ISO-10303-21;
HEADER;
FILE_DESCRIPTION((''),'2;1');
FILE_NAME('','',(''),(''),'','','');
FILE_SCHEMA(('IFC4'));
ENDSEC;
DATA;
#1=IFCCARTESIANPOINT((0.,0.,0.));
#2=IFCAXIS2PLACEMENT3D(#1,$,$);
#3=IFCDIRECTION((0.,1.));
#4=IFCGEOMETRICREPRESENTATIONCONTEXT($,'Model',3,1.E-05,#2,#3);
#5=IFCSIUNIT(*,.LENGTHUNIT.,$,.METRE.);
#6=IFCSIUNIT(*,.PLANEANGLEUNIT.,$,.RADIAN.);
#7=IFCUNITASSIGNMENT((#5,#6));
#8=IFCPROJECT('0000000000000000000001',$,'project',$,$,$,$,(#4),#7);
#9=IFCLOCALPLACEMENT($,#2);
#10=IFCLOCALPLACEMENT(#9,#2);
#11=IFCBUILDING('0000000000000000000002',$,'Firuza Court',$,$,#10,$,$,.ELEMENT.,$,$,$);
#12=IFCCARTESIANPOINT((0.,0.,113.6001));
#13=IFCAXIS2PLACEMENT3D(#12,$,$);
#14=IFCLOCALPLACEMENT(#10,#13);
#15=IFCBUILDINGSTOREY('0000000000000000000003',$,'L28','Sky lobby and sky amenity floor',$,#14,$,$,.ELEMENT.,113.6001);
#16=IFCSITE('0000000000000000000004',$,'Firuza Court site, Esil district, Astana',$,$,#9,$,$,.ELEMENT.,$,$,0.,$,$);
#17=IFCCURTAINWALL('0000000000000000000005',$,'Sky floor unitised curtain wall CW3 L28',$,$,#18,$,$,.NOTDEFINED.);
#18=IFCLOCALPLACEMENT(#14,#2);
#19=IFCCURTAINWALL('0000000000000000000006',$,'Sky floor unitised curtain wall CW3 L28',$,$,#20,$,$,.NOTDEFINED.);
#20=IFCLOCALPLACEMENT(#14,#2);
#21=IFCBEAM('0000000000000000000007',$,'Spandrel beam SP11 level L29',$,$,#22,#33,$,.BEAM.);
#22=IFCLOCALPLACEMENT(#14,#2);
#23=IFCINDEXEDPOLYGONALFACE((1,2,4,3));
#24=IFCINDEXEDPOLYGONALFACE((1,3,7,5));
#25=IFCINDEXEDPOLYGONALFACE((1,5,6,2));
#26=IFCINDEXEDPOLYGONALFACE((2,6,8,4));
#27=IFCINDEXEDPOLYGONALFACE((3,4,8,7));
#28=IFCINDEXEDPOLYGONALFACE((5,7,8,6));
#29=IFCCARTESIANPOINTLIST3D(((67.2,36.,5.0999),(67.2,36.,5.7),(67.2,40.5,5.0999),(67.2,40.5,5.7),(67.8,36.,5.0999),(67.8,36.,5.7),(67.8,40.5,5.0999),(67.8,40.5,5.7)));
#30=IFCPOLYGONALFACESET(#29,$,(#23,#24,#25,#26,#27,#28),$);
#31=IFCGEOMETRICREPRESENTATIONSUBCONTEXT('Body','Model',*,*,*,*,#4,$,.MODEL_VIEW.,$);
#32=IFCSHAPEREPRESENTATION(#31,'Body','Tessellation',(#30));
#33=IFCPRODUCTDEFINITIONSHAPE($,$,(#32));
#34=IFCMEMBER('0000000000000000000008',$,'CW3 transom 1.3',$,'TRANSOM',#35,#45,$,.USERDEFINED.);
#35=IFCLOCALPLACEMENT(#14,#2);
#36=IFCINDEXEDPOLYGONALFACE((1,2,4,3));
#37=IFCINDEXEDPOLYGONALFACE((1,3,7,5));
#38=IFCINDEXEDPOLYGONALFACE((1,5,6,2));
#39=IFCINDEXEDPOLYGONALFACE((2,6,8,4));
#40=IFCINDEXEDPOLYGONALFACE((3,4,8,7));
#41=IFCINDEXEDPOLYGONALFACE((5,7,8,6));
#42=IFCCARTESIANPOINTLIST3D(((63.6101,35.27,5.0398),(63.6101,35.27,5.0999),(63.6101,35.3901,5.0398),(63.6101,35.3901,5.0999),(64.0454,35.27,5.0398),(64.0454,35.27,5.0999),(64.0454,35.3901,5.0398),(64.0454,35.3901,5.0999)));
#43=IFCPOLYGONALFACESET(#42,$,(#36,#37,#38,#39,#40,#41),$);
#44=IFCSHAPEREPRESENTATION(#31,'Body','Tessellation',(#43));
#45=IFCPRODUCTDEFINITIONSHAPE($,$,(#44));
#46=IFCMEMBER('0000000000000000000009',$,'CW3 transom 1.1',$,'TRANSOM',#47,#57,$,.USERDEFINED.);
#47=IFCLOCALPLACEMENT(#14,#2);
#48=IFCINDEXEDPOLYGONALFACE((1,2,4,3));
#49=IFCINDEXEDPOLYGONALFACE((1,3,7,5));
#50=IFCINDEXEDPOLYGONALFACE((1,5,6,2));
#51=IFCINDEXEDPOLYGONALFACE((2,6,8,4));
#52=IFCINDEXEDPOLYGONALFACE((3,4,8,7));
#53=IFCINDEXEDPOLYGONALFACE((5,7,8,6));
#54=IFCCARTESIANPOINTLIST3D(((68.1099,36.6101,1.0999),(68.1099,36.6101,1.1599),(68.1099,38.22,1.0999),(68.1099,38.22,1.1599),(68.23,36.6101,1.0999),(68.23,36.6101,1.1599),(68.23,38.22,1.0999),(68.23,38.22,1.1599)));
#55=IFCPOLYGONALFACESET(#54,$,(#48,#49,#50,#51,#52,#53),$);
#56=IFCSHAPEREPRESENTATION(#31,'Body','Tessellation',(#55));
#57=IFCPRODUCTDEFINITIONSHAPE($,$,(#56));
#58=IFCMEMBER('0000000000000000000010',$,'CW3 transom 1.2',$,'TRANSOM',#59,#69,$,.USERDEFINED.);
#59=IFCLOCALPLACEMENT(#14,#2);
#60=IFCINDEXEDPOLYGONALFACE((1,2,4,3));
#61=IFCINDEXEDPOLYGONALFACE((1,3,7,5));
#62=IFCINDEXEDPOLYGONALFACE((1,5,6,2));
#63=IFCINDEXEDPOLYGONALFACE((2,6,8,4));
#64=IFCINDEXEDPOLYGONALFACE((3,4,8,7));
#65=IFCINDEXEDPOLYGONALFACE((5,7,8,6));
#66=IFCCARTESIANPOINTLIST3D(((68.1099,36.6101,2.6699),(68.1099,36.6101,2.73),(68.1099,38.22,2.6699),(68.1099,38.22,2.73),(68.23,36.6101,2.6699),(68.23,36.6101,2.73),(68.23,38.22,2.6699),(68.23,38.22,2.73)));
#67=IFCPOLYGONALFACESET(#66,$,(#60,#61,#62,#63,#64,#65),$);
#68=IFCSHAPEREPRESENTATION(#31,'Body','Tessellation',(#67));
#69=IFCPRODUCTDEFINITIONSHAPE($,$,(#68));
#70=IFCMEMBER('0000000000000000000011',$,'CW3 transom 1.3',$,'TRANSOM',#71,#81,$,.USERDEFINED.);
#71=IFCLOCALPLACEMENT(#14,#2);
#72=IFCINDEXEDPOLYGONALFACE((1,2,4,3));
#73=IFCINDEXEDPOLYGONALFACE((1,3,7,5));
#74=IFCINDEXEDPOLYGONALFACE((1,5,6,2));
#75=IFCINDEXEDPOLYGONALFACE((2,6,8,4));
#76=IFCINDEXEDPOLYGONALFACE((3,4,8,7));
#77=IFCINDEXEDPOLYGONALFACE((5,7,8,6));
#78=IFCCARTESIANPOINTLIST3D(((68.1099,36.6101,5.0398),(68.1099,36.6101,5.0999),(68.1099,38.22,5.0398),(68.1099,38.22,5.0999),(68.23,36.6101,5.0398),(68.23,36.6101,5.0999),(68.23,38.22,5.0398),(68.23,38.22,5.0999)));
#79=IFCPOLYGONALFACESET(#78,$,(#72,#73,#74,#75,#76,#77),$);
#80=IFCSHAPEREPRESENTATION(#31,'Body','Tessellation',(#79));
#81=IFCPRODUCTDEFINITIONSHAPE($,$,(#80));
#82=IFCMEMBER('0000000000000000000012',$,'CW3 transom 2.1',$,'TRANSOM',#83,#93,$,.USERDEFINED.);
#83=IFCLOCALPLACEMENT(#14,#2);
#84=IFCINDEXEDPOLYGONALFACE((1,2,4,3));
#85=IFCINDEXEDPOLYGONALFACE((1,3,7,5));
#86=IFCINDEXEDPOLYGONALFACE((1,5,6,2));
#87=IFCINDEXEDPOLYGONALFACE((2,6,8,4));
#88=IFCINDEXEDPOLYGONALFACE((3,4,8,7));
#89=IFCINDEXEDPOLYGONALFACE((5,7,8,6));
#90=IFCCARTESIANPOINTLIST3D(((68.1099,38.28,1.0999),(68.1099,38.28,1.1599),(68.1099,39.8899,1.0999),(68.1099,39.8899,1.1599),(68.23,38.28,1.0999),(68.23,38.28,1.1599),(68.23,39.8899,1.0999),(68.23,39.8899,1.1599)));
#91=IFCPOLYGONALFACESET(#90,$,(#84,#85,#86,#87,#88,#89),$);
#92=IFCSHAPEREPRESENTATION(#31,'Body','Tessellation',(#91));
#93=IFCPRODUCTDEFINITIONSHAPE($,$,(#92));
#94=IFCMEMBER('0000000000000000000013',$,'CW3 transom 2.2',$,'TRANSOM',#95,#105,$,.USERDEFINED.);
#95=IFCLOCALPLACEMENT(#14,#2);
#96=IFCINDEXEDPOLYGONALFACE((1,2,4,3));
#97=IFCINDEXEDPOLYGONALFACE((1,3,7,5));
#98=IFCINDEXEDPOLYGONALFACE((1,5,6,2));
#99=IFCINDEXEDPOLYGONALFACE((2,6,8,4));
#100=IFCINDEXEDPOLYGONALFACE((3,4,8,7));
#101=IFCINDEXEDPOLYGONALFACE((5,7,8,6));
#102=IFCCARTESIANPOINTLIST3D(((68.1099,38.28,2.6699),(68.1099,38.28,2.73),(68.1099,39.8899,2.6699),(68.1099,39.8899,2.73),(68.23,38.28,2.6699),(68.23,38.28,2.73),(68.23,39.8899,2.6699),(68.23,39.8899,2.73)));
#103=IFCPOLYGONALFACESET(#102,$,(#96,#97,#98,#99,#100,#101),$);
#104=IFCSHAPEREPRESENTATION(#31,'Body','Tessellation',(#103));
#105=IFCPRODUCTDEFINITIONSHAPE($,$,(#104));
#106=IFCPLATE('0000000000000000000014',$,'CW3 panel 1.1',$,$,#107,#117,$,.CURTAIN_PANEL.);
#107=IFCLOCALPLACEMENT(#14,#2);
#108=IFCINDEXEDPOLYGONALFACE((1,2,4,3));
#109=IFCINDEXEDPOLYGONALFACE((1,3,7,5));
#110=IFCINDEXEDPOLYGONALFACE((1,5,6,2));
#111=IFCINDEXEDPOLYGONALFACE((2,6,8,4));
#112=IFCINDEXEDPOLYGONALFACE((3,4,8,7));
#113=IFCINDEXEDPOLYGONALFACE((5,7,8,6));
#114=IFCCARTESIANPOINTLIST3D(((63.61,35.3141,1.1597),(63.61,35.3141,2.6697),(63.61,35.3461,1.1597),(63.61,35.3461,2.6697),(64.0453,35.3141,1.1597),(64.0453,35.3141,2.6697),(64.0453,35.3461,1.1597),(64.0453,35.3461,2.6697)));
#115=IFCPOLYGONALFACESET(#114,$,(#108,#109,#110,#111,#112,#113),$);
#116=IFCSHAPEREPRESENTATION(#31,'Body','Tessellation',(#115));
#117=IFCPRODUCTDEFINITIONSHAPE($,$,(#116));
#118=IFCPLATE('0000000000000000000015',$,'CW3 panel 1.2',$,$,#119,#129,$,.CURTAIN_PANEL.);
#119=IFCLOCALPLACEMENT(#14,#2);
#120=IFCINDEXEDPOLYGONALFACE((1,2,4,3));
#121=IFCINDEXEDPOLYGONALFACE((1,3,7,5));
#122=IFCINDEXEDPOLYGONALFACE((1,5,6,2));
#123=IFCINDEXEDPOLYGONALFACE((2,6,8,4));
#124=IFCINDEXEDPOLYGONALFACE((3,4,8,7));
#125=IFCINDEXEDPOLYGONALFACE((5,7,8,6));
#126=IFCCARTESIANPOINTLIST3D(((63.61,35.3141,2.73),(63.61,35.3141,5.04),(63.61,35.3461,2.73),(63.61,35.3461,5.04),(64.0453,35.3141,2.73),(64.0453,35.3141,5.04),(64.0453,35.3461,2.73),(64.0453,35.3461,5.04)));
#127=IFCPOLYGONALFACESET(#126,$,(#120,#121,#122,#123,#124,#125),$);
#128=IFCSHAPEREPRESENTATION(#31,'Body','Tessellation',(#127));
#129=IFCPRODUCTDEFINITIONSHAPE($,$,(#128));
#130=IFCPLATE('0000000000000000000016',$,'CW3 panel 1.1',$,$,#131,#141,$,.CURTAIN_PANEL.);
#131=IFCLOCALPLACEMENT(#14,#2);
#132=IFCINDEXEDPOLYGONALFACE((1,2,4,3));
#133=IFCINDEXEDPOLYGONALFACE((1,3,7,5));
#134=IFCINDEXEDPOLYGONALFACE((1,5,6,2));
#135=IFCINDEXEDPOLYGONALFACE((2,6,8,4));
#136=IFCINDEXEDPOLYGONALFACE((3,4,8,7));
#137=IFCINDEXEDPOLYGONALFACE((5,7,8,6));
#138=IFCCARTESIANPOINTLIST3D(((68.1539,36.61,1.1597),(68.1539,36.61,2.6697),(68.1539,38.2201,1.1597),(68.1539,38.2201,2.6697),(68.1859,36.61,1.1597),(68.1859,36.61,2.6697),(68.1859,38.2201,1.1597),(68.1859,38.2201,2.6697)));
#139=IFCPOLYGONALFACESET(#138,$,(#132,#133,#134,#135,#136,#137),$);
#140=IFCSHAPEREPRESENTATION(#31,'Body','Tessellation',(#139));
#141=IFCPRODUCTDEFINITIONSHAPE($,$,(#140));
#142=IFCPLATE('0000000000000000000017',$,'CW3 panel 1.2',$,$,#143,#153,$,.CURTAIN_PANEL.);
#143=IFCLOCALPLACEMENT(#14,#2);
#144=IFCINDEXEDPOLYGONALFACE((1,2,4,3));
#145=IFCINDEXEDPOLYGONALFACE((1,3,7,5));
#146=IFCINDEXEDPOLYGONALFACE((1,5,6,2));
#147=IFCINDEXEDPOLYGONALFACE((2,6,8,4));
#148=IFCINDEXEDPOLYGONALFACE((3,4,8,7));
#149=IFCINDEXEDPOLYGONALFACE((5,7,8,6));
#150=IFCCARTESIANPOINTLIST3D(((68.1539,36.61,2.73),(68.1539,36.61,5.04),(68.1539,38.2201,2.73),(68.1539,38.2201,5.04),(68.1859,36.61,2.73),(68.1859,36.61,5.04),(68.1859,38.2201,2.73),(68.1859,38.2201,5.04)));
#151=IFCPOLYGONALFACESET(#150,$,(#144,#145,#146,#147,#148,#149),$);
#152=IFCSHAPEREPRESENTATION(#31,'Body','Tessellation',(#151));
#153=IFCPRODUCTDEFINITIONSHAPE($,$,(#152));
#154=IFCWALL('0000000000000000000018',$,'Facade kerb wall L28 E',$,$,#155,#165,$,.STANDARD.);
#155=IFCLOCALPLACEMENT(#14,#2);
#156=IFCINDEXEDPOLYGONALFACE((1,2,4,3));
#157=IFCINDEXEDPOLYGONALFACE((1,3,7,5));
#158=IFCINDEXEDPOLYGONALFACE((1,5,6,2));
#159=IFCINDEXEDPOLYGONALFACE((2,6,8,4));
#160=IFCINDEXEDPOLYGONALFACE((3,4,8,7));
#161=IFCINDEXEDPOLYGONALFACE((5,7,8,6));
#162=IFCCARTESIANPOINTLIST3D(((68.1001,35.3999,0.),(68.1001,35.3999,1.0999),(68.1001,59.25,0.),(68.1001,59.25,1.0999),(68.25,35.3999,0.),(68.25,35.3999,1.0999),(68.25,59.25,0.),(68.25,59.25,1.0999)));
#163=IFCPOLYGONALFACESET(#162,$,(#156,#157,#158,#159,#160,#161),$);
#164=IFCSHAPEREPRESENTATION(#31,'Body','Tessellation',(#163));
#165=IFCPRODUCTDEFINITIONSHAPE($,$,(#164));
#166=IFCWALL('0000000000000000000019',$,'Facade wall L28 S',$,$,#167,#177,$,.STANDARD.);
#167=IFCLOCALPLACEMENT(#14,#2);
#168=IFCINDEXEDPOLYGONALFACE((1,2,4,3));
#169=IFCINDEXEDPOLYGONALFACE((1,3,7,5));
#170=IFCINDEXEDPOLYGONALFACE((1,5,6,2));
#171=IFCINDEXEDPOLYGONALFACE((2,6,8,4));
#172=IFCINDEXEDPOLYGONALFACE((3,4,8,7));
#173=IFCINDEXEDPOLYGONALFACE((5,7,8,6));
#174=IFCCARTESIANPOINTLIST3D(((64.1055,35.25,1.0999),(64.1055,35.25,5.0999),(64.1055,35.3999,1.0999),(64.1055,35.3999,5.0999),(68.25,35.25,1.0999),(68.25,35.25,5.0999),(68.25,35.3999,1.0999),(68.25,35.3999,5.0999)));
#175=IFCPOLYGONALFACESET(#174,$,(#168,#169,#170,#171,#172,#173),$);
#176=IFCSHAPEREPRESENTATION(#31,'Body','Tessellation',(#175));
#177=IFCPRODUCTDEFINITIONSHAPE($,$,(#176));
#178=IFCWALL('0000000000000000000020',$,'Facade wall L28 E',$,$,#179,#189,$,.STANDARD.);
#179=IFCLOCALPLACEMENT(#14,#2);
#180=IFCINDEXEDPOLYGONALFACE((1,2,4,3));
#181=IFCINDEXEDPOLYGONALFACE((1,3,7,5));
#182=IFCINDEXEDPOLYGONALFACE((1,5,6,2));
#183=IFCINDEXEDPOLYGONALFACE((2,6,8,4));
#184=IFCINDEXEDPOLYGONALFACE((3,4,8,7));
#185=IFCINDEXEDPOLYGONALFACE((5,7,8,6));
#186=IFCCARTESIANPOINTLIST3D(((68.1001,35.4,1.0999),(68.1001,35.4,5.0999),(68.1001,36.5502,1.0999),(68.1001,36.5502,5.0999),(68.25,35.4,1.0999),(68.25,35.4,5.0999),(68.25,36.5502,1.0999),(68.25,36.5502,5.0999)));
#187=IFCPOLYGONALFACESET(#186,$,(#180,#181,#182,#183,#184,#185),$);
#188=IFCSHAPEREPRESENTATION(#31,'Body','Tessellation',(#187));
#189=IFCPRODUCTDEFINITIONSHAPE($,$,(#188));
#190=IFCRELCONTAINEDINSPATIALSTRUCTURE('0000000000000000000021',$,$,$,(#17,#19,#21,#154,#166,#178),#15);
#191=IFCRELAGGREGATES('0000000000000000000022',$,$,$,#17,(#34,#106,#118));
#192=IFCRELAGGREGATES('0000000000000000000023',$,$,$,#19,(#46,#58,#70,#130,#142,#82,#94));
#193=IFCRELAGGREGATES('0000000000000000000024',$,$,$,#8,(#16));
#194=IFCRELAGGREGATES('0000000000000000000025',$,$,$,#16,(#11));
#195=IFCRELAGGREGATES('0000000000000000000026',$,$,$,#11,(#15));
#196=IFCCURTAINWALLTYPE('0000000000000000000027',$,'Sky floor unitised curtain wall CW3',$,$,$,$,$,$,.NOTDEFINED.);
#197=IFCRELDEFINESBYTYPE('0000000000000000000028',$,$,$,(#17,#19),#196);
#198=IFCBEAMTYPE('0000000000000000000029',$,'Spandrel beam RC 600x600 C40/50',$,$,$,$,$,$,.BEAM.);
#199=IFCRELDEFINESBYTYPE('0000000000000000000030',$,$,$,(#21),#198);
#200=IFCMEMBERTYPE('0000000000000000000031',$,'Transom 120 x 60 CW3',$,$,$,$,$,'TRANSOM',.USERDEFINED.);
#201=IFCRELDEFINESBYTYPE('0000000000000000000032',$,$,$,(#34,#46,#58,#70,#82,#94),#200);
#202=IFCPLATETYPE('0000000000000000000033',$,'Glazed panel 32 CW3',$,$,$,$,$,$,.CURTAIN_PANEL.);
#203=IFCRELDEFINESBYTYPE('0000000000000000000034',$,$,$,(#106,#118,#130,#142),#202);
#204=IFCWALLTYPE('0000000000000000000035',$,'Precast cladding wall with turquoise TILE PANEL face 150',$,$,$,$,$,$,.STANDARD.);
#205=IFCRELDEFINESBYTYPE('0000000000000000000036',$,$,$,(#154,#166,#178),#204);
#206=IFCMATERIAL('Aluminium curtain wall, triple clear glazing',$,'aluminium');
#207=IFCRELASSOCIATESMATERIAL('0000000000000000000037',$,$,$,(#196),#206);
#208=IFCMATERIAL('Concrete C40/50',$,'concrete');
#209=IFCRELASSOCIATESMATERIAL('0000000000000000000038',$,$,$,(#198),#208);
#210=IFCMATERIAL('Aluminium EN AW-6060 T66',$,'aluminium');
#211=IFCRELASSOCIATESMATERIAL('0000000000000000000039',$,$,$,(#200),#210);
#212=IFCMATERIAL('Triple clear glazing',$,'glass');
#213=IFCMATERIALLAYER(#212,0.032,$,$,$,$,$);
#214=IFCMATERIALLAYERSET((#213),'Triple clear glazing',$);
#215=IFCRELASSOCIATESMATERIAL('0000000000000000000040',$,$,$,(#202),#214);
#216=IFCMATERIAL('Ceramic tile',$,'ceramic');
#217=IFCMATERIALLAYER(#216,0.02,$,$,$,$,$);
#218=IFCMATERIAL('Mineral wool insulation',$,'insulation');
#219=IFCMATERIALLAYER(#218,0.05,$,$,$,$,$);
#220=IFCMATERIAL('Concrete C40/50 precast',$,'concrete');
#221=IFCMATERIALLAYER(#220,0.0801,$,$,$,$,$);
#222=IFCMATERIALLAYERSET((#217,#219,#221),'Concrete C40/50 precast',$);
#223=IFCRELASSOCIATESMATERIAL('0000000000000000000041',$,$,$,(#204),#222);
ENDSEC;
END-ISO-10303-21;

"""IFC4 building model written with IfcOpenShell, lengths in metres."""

from ifc_helpers import new_model, si_unit, direction, frame, frame_2d, origin, origin_2d, place, context, subcontext, project, spatial, rectangle, extrude, material, layer, layer_set, material_profile, profile_set, type_object, element, aggregate, save


model = new_model("IFC4")

# Units and contexts
model_context = context("Model", 3, precision=1e-05, world=origin(), true_north=direction((0.0, 1.0)))
body_context = subcontext(model_context, "Body", "Model", "MODEL_VIEW")
ifc_project = project(units=[si_unit("LENGTHUNIT", "METRE"), si_unit("PLANEANGLEUNIT", "RADIAN")], contexts=[model_context])

# Site, building, storey
site_placement = place(None, origin())
site = spatial("IfcSite", under=ifc_project, at=site_placement, Name="Firuza Court site, Esil district, Astana", CompositionType="ELEMENT", RefElevation=0.0)
building_placement = place(site_placement, origin())
building = spatial("IfcBuilding", under=site, at=building_placement, Name="Firuza Court", CompositionType="ELEMENT")
storey_placement = place(building_placement, frame((0.0, 0.0, 113.6001)))
storey = spatial("IfcBuildingStorey", under=building, at=storey_placement, Name="L28", Description="Sky lobby and sky amenity floor", CompositionType="ELEMENT", Elevation=113.6001)

# Curtain wall
ifc_material_1 = material(Name="Aluminium curtain wall, triple clear glazing", Category="aluminium")
curtain_wall_type = type_object("IfcCurtainWallType", Name="Sky floor unitised curtain wall CW3", PredefinedType="NOTDEFINED", material=ifc_material_1)
curtain_wall_1_placement = place(storey_placement, origin())
curtain_wall_1 = element("IfcCurtainWall", 1, at=curtain_wall_1_placement, inside=storey, type_object=curtain_wall_type, Name="Sky floor unitised curtain wall CW3 L28", PredefinedType="NOTDEFINED")

# Curtain wall
curtain_wall_2_placement = place(storey_placement, origin())
curtain_wall_2 = element("IfcCurtainWall", 2, at=curtain_wall_2_placement, inside=storey, type_object=curtain_wall_type, Name="Sky floor unitised curtain wall CW3 L28", PredefinedType="NOTDEFINED")

# Beam
ifc_material_2 = material(Name="Concrete C40/50", Category="concrete")
ifc_material_profile_1 = material_profile(ifc_material_2, rectangle(XDim=0.6001, YDim=0.6001, at=origin_2d()), Name="RC 600x600")
ifc_profile_set_1 = profile_set([ifc_material_profile_1], Name="Concrete C40/50")
beam_type = type_object("IfcBeamType", Name="Spandrel beam RC 600x600 C40/50", PredefinedType="BEAM", material=ifc_profile_set_1)
beam_placement = place(storey_placement, frame((67.5, 36.0, 5.3999), z_axis=(0.0, 1.0, 0.0), x_axis=(-1.0, 0.0, 0.0)))
element("IfcBeam", 3, at=beam_placement, inside=storey, type_object=beam_type, Name="Spandrel beam SP11 level L29", PredefinedType="BEAM", context=body_context, shape_type="SweptSolid", body=[
    extrude(rectangle(XDim=0.6001, YDim=0.6001, at=origin_2d()), origin(), (0.0, 0.0, 1.0), 4.5),
])

# Members
ifc_material_3 = material(Name="Aluminium EN AW-6060 T66", Category="aluminium")
ifc_material_profile_2 = material_profile(ifc_material_3, rectangle(XDim=0.1201, YDim=0.0601, at=origin_2d()), Name="Transom 120 x 60 CW3")
ifc_profile_set_2 = profile_set([ifc_material_profile_2], Name="Aluminium EN AW-6060 T66")
member_type_1 = type_object("IfcMemberType", Name="Transom 120 x 60 CW3", ElementType="TRANSOM", PredefinedType="USERDEFINED", material=ifc_profile_set_2)
member_1_placement = place(storey_placement, frame((63.6101, 35.3301, 5.0698), z_axis=(1.0, 0.0, 0.0), x_axis=(0.0, 1.0, 0.0)))
member_1 = element("IfcMember", 4, at=member_1_placement, type_object=member_type_1, Name="CW3 transom 1.3", ObjectType="TRANSOM", PredefinedType="USERDEFINED", context=body_context, shape_type="SweptSolid", body=[
    extrude(rectangle(XDim=0.1201, YDim=0.0601, at=origin_2d()), origin(), (0.0, 0.0, 1.0), 0.4353),
])
member_2_placement = place(storey_placement, frame((68.1699, 36.6101, 1.1299), z_axis=(0.0, 1.0, 0.0), x_axis=(-1.0, 0.0, 0.0)))
member_2 = element("IfcMember", 5, at=member_2_placement, type_object=member_type_1, Name="CW3 transom 1.1", ObjectType="TRANSOM", PredefinedType="USERDEFINED", context=body_context, shape_type="SweptSolid", body=[
    extrude(rectangle(XDim=0.1201, YDim=0.0601, at=origin_2d()), origin(), (0.0, 0.0, 1.0), 1.6099),
])
member_3_placement = place(storey_placement, frame((68.1699, 36.6101, 2.7), z_axis=(0.0, 1.0, 0.0), x_axis=(-1.0, 0.0, 0.0)))
member_3 = element("IfcMember", 6, at=member_3_placement, type_object=member_type_1, Name="CW3 transom 1.2", ObjectType="TRANSOM", PredefinedType="USERDEFINED", context=body_context, shape_type="SweptSolid", body=[
    extrude(rectangle(XDim=0.1201, YDim=0.0601, at=origin_2d()), origin(), (0.0, 0.0, 1.0), 1.6099),
])
member_4_placement = place(storey_placement, frame((68.1699, 36.6101, 5.0698), z_axis=(0.0, 1.0, 0.0), x_axis=(-1.0, 0.0, 0.0)))
member_4 = element("IfcMember", 7, at=member_4_placement, type_object=member_type_1, Name="CW3 transom 1.3", ObjectType="TRANSOM", PredefinedType="USERDEFINED", context=body_context, shape_type="SweptSolid", body=[
    extrude(rectangle(XDim=0.1201, YDim=0.0601, at=origin_2d()), origin(), (0.0, 0.0, 1.0), 1.6099),
])
member_5_placement = place(storey_placement, frame((68.1699, 38.28, 1.1299), z_axis=(0.0, 1.0, 0.0), x_axis=(-1.0, 0.0, 0.0)))
member_5 = element("IfcMember", 8, at=member_5_placement, type_object=member_type_1, Name="CW3 transom 2.1", ObjectType="TRANSOM", PredefinedType="USERDEFINED", context=body_context, shape_type="SweptSolid", body=[
    extrude(rectangle(XDim=0.1201, YDim=0.0601, at=origin_2d()), origin(), (0.0, 0.0, 1.0), 1.6099),
])
member_6_placement = place(storey_placement, frame((68.1699, 38.28, 2.7), z_axis=(0.0, 1.0, 0.0), x_axis=(-1.0, 0.0, 0.0)))
member_6 = element("IfcMember", 9, at=member_6_placement, type_object=member_type_1, Name="CW3 transom 2.2", ObjectType="TRANSOM", PredefinedType="USERDEFINED", context=body_context, shape_type="SweptSolid", body=[
    extrude(rectangle(XDim=0.1201, YDim=0.0601, at=origin_2d()), origin(), (0.0, 0.0, 1.0), 1.6099),
])

# Plates
ifc_material_4 = material(Name="Triple clear glazing", Category="glass")
ifc_layer_1 = layer(ifc_material_4, 0.032)
ifc_layer_set_1 = layer_set([ifc_layer_1], Name="Triple clear glazing")
plate_type = type_object("IfcPlateType", Name="Glazed panel 32 CW3", PredefinedType="CURTAIN_PANEL", material=ifc_layer_set_1)
plate_1_placement = place(storey_placement, frame((63.8276, 35.3301, 1.1597), z_axis=(0.0, 0.0, 1.0), x_axis=(1.0, 0.0, 0.0)))
plate_1 = element("IfcPlate", 10, at=plate_1_placement, type_object=plate_type, Name="CW3 panel 1.1", PredefinedType="CURTAIN_PANEL", context=body_context, shape_type="SweptSolid", body=[
    extrude(rectangle(XDim=0.4353, YDim=0.032, at=origin_2d()), origin(), (0.0, 0.0, 1.0), 1.51),
])
plate_2_placement = place(storey_placement, frame((63.8276, 35.3301, 2.73), z_axis=(0.0, 0.0, 1.0), x_axis=(1.0, 0.0, 0.0)))
plate_2 = element("IfcPlate", 11, at=plate_2_placement, type_object=plate_type, Name="CW3 panel 1.2", PredefinedType="CURTAIN_PANEL", context=body_context, shape_type="SweptSolid", body=[
    extrude(rectangle(XDim=0.4353, YDim=0.032, at=origin_2d()), origin(), (0.0, 0.0, 1.0), 2.3101),
])
aggregate(curtain_wall_1, [member_1, plate_1, plate_2])
plate_3_placement = place(storey_placement, frame((68.1699, 37.415, 1.1597), z_axis=(0.0, 0.0, 1.0), x_axis=(0.0, 1.0, 0.0)))
plate_3 = element("IfcPlate", 12, at=plate_3_placement, type_object=plate_type, Name="CW3 panel 1.1", PredefinedType="CURTAIN_PANEL", context=body_context, shape_type="SweptSolid", body=[
    extrude(rectangle(XDim=1.6101, YDim=0.032, at=origin_2d()), origin(), (0.0, 0.0, 1.0), 1.51),
])
plate_4_placement = place(storey_placement, frame((68.1699, 37.415, 2.73), z_axis=(0.0, 0.0, 1.0), x_axis=(0.0, 1.0, 0.0)))
plate_4 = element("IfcPlate", 13, at=plate_4_placement, type_object=plate_type, Name="CW3 panel 1.2", PredefinedType="CURTAIN_PANEL", context=body_context, shape_type="SweptSolid", body=[
    extrude(rectangle(XDim=1.6101, YDim=0.032, at=origin_2d()), origin(), (0.0, 0.0, 1.0), 2.3101),
])
aggregate(curtain_wall_2, [member_2, member_3, member_4, plate_3, plate_4, member_5, member_6])

# Walls
ifc_material_5 = material(Name="Ceramic tile", Category="ceramic")
ifc_layer_2 = layer(ifc_material_5, 0.02)
ifc_material_6 = material(Name="Mineral wool insulation", Category="insulation")
ifc_layer_3 = layer(ifc_material_6, 0.05)
ifc_material_7 = material(Name="Concrete C40/50 precast", Category="concrete")
ifc_layer_4 = layer(ifc_material_7, 0.0801)
ifc_layer_set_2 = layer_set([ifc_layer_2, ifc_layer_3, ifc_layer_4], Name="Concrete C40/50 precast")
wall_type = type_object("IfcWallType", Name="Precast cladding wall with turquoise TILE PANEL face 150", PredefinedType="STANDARD", material=ifc_layer_set_2)
wall_1_placement = place(storey_placement, frame((68.175, 35.3999, 0.0), z_axis=(0.0, 0.0, 1.0), x_axis=(0.0, 1.0, 0.0)))
element("IfcWall", 14, at=wall_1_placement, inside=storey, type_object=wall_type, Name="Facade kerb wall L28 E", PredefinedType="STANDARD", context=body_context, shape_type="SweptSolid", body=[
    extrude(rectangle(XDim=23.8501, YDim=0.1499, at=frame_2d((11.925, 0.0))), origin(), (0.0, 0.0, 1.0), 1.0999),
])
wall_2_placement = place(storey_placement, frame((64.1055, 35.325, 1.0999), z_axis=(0.0, 0.0, 1.0), x_axis=(1.0, 0.0, 0.0)))
element("IfcWall", 15, at=wall_2_placement, inside=storey, type_object=wall_type, Name="Facade wall L28 S", PredefinedType="STANDARD", context=body_context, shape_type="SweptSolid", body=[
    extrude(rectangle(XDim=4.1445, YDim=0.1499, at=frame_2d((2.0723, 0.0))), origin(), (0.0, 0.0, 1.0), 4.0),
])
wall_3_placement = place(storey_placement, frame((68.175, 35.3999, 1.0999), z_axis=(0.0, 0.0, 1.0), x_axis=(0.0, 1.0, 0.0)))
element("IfcWall", 16, at=wall_3_placement, inside=storey, type_object=wall_type, Name="Facade wall L28 E", PredefinedType="STANDARD", context=body_context, shape_type="SweptSolid", body=[
    extrude(rectangle(XDim=1.1501, YDim=0.1499, at=frame_2d((0.5752, 0.0))), origin(), (0.0, 0.0, 1.0), 4.0),
])

save(model, "model.ifc")
